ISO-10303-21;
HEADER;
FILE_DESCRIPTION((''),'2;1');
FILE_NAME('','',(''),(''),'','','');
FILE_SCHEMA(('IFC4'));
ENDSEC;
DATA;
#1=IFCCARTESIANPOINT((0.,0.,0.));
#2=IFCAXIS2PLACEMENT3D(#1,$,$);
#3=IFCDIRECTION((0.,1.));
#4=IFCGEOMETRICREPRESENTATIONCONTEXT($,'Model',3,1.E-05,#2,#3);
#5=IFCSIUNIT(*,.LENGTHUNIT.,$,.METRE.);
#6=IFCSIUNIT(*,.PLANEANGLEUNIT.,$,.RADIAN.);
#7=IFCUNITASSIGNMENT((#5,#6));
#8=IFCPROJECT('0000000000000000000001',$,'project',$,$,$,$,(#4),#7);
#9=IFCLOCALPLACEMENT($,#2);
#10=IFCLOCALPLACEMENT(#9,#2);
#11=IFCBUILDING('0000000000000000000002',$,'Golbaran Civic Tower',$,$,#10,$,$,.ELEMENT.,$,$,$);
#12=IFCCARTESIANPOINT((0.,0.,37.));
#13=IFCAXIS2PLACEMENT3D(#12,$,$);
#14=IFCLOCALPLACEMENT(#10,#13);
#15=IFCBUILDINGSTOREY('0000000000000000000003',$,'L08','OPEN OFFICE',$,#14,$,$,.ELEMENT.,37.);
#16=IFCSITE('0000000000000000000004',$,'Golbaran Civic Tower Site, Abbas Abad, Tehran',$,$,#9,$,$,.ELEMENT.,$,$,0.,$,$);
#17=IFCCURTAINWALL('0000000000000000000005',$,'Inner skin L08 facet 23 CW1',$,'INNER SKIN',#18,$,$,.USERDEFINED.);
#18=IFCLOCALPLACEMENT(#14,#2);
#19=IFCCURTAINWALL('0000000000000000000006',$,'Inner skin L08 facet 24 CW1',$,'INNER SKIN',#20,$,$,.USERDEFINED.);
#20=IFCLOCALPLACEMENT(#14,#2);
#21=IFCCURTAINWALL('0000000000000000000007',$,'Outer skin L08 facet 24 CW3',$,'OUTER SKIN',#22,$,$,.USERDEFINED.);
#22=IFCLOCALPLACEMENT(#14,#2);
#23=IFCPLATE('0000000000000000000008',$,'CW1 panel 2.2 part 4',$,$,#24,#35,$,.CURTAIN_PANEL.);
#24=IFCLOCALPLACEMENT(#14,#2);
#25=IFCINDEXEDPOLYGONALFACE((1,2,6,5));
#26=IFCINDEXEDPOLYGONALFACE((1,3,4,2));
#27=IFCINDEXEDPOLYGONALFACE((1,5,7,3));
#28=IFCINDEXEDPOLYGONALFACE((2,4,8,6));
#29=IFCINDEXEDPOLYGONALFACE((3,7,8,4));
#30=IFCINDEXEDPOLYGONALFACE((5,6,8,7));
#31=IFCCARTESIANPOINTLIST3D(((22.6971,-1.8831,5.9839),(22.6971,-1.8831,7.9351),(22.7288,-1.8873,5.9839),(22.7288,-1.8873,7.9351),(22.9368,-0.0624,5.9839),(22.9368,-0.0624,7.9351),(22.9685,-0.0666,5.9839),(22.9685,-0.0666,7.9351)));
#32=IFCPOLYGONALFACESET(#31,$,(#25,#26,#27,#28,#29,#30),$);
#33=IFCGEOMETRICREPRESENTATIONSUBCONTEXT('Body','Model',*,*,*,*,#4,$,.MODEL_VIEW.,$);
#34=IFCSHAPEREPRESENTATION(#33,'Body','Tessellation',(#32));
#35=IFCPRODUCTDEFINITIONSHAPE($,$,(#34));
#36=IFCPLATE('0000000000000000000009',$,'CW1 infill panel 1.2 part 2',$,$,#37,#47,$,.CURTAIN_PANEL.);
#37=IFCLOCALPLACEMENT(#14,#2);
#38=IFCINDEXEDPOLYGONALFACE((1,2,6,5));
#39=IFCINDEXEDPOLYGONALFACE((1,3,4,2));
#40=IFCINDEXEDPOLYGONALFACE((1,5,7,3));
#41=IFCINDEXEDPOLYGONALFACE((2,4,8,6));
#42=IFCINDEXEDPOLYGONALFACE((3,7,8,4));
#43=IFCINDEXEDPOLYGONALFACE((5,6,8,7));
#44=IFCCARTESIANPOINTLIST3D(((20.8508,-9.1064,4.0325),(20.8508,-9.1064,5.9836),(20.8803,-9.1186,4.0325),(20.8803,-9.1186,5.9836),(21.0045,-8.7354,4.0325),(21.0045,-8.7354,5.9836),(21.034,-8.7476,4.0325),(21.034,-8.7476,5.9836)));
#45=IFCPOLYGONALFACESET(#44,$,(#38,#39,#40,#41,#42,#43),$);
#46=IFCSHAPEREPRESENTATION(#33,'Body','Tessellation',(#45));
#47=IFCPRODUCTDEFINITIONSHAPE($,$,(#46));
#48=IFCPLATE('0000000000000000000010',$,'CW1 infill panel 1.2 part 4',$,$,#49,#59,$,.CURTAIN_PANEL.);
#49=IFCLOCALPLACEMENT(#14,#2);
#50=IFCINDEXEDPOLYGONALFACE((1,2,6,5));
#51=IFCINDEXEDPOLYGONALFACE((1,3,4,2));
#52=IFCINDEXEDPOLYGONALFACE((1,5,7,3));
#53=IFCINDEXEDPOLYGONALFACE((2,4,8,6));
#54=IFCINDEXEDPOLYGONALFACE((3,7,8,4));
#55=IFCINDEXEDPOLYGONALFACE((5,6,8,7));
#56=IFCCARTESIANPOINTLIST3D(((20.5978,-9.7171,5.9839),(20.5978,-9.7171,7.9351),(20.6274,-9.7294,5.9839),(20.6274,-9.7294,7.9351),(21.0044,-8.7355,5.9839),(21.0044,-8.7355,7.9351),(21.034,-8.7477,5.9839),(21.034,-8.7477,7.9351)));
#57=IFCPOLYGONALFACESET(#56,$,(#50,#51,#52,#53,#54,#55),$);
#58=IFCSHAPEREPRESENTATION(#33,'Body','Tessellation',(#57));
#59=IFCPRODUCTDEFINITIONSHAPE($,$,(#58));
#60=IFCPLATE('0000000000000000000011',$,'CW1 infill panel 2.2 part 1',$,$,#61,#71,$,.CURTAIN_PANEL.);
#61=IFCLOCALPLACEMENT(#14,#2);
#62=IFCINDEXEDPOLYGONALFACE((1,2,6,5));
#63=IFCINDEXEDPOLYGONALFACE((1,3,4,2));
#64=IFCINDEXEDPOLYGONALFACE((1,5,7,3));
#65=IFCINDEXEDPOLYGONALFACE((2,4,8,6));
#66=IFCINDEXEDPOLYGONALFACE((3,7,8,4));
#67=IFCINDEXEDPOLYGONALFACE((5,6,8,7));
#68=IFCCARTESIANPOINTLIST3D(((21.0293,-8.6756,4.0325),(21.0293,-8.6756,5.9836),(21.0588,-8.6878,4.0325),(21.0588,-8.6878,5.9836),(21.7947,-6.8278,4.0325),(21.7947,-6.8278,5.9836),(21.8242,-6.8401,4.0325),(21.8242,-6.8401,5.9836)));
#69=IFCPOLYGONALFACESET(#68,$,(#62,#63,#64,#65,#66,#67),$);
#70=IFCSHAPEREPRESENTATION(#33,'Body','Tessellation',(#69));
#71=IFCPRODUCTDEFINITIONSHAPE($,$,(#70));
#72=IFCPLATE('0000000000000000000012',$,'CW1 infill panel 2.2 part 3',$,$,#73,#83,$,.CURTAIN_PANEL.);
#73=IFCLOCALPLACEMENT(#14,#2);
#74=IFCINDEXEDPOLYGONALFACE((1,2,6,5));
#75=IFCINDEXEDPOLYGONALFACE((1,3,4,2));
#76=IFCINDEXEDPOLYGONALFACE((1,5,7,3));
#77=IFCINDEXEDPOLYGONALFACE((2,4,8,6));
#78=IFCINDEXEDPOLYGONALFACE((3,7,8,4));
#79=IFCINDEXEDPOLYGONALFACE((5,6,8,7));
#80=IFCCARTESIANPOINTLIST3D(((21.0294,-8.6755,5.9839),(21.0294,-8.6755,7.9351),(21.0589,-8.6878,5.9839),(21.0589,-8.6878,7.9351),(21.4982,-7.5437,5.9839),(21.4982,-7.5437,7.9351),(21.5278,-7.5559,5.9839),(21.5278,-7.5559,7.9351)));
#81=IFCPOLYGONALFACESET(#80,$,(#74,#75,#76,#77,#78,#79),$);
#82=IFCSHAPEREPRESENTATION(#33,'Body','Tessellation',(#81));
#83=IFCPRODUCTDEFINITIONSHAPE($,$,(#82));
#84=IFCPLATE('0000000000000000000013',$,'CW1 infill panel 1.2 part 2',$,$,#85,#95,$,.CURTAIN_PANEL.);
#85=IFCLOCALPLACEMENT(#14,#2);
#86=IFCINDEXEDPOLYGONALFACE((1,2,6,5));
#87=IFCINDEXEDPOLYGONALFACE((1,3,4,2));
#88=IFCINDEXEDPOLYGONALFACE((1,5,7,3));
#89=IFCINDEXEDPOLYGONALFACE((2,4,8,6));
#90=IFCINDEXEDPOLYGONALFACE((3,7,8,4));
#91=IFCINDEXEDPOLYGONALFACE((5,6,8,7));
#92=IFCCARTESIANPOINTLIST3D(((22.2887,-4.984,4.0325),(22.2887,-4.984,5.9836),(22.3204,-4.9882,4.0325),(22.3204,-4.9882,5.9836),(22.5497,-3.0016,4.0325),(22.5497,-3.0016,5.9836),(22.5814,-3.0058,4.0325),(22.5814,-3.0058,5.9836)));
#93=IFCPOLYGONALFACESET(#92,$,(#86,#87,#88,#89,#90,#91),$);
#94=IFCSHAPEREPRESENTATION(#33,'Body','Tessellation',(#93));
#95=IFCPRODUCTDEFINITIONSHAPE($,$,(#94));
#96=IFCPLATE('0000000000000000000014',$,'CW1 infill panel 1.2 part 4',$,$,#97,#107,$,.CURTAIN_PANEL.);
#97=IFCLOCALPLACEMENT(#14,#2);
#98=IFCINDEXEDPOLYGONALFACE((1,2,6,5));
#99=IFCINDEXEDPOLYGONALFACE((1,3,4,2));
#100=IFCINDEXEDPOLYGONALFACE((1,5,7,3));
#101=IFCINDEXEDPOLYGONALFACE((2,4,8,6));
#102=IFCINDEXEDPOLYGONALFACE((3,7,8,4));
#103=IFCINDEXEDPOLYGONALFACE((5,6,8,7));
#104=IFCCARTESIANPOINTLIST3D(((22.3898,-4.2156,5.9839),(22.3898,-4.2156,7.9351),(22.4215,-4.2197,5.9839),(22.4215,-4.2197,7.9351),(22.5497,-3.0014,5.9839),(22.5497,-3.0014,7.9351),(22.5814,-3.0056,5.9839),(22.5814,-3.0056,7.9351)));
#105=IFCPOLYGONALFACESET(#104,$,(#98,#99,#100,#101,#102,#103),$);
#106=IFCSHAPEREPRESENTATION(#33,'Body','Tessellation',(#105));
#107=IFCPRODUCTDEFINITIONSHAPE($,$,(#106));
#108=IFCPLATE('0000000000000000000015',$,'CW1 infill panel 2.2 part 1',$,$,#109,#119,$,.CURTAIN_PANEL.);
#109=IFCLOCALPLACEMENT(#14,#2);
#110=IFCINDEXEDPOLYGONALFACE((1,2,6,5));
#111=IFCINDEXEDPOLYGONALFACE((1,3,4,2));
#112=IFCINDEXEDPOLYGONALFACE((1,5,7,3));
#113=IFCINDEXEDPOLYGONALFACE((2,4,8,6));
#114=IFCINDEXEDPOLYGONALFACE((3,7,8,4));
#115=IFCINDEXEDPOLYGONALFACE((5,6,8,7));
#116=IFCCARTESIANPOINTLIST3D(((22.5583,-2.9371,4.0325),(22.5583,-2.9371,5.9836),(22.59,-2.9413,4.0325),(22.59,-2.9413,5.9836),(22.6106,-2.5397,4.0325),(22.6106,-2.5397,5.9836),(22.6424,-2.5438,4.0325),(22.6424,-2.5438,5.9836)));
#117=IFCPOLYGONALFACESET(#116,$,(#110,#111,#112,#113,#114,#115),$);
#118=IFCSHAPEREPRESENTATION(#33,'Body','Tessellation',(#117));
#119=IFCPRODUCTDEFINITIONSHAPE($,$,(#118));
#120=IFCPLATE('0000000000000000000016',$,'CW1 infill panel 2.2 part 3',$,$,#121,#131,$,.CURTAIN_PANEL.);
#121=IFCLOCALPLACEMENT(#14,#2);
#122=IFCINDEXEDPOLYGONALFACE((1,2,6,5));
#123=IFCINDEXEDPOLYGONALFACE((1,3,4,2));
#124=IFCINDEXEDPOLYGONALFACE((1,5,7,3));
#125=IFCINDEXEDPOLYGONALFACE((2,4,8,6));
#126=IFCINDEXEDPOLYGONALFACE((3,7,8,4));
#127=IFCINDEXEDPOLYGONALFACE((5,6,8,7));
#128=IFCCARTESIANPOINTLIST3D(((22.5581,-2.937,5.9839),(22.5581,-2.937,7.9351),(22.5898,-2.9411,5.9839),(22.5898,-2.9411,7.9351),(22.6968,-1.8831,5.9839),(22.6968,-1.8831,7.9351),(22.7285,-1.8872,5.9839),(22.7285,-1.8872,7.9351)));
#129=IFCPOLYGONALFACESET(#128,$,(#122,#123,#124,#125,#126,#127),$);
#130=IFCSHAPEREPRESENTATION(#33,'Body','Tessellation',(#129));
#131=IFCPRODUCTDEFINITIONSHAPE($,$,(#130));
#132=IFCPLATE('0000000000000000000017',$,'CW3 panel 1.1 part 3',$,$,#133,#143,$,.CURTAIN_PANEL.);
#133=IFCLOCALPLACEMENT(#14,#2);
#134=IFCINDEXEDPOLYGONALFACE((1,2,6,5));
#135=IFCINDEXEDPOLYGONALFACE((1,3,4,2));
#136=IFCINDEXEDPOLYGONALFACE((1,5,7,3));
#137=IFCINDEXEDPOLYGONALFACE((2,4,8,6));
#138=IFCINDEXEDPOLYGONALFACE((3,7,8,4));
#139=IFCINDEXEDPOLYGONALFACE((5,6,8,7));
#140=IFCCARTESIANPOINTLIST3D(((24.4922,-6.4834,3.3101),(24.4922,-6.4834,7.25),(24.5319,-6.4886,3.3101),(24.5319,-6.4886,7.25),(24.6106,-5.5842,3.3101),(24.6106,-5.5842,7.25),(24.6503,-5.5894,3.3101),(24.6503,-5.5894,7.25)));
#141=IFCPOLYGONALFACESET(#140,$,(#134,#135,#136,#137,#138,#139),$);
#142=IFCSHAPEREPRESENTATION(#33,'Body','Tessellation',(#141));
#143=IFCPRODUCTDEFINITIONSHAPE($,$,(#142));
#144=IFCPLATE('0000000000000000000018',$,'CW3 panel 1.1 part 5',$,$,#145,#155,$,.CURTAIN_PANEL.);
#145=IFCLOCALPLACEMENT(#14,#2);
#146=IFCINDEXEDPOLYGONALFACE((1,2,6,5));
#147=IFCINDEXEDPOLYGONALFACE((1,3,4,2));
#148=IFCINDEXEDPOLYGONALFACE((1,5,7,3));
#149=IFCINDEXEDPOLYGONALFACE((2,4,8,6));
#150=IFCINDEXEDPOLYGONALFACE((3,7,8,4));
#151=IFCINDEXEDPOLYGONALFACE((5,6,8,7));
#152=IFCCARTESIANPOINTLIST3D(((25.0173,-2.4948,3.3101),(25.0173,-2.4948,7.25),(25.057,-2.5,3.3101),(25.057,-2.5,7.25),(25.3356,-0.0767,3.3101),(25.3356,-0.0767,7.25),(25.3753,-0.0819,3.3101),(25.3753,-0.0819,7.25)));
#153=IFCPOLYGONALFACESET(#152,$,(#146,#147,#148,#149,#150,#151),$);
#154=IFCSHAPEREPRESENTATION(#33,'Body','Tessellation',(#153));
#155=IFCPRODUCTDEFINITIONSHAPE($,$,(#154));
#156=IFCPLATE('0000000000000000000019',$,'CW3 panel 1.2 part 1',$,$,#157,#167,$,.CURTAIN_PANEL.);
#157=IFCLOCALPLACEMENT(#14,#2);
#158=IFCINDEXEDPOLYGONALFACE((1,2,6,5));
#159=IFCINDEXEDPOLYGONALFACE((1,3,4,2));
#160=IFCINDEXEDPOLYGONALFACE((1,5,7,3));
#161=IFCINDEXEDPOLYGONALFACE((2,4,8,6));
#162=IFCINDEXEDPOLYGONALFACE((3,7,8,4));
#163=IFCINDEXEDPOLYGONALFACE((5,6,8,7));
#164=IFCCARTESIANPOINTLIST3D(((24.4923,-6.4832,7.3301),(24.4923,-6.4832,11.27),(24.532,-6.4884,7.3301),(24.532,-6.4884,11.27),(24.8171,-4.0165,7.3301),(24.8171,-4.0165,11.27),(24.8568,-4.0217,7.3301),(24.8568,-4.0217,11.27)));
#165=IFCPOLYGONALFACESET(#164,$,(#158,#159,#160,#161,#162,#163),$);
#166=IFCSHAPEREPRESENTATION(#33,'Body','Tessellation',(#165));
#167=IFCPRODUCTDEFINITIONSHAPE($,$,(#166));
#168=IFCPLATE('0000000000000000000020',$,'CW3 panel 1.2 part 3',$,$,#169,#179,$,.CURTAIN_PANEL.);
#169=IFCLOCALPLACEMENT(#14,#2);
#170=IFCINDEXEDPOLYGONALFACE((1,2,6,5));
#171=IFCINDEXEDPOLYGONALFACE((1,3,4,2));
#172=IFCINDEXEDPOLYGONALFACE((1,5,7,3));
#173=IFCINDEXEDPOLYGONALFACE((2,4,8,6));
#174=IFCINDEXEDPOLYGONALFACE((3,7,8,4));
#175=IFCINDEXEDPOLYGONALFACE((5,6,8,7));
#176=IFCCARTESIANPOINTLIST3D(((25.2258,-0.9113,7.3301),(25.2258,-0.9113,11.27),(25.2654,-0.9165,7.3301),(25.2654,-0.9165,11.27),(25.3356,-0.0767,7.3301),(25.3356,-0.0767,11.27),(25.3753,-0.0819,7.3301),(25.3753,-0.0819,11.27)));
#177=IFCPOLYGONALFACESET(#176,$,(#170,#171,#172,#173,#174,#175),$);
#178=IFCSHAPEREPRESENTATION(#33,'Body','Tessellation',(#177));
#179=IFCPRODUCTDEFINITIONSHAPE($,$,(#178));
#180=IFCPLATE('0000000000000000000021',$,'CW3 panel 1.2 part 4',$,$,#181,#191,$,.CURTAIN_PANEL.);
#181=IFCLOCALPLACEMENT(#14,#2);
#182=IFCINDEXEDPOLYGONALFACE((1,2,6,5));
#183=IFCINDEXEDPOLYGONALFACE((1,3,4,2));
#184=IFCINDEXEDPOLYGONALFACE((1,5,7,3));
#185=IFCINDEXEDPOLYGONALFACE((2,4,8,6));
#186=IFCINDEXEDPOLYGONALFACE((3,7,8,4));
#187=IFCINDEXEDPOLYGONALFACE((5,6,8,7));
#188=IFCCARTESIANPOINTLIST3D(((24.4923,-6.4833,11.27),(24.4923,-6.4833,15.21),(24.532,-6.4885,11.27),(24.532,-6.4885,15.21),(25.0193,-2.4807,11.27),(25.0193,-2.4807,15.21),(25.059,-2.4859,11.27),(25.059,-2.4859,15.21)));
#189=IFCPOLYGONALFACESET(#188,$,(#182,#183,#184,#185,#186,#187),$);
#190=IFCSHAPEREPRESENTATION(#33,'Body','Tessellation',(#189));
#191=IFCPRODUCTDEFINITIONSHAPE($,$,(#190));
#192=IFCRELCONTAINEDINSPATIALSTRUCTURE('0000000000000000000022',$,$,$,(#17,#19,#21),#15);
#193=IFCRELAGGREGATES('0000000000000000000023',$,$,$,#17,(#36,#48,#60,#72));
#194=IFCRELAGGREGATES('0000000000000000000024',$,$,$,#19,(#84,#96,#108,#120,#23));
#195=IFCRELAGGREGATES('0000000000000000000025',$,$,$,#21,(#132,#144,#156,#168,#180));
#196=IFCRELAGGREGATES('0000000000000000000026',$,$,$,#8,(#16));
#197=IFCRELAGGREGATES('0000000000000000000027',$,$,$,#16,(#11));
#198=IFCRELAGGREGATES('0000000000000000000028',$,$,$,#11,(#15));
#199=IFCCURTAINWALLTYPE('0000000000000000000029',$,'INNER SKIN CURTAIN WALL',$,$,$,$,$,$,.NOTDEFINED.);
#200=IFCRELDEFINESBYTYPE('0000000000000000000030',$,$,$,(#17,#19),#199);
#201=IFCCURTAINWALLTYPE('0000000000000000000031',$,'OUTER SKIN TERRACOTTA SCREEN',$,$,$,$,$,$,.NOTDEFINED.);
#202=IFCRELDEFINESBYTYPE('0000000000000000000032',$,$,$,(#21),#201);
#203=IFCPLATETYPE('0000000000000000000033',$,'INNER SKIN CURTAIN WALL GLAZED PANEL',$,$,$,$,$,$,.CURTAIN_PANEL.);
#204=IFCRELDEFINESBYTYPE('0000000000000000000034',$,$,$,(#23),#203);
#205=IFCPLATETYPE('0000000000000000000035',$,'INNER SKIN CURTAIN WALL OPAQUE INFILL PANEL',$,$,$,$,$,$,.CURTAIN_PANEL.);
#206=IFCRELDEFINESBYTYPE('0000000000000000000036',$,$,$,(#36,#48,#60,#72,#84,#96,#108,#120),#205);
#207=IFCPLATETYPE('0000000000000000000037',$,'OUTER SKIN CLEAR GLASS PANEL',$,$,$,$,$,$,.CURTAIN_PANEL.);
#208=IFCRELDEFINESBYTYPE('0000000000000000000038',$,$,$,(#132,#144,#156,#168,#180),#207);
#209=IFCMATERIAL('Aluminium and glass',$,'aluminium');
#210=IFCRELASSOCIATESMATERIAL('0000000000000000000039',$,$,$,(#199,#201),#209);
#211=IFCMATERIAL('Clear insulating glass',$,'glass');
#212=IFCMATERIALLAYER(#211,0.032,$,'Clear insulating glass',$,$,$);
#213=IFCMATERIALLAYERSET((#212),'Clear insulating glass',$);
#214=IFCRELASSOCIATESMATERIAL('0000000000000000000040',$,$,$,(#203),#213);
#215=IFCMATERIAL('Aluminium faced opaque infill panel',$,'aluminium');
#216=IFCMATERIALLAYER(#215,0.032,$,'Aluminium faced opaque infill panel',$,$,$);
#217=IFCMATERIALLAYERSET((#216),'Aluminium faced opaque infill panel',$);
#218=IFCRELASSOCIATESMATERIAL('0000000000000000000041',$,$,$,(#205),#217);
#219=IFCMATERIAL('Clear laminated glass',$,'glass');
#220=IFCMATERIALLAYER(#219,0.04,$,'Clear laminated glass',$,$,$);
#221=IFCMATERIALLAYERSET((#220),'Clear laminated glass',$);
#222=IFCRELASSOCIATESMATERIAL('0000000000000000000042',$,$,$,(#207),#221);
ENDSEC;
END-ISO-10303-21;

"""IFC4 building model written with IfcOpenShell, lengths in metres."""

from ifc_helpers import new_model, si_unit, direction, frame, origin, origin_2d, place, context, subcontext, project, spatial, rectangle, extrude, material, layer, layer_set, type_object, element, aggregate, save


model = new_model("IFC4")

# Units and contexts
model_context = context("Model", 3, precision=1e-05, world=origin(), true_north=direction((0.0, 1.0)))
body_context = subcontext(model_context, "Body", "Model", "MODEL_VIEW")
ifc_project = project(units=[si_unit("LENGTHUNIT", "METRE"), si_unit("PLANEANGLEUNIT", "RADIAN")], contexts=[model_context])

# Site, building, storey
site_placement = place(None, origin())
site = spatial("IfcSite", under=ifc_project, at=site_placement, Name="Golbaran Civic Tower Site, Abbas Abad, Tehran", CompositionType="ELEMENT", RefElevation=0.0)
building_placement = place(site_placement, origin())
building = spatial("IfcBuilding", under=site, at=building_placement, Name="Golbaran Civic Tower", CompositionType="ELEMENT")
storey_placement = place(building_placement, frame((0.0, 0.0, 37.0)))
storey = spatial("IfcBuildingStorey", under=building, at=storey_placement, Name="L08", Description="OPEN OFFICE", CompositionType="ELEMENT", Elevation=37.0)

# Curtain walls
ifc_material_1 = material(Name="Aluminium and glass", Category="aluminium")
curtain_wall_type_1 = type_object("IfcCurtainWallType", Name="INNER SKIN CURTAIN WALL", PredefinedType="NOTDEFINED", material=ifc_material_1)
curtain_wall_1_placement = place(storey_placement, origin())
curtain_wall_1 = element("IfcCurtainWall", 1, at=curtain_wall_1_placement, inside=storey, type_object=curtain_wall_type_1, Name="Inner skin L08 facet 23 CW1", ObjectType="INNER SKIN", PredefinedType="USERDEFINED")
curtain_wall_2_placement = place(storey_placement, origin())
curtain_wall_2 = element("IfcCurtainWall", 2, at=curtain_wall_2_placement, inside=storey, type_object=curtain_wall_type_1, Name="Inner skin L08 facet 24 CW1", ObjectType="INNER SKIN", PredefinedType="USERDEFINED")
curtain_wall_type_2 = type_object("IfcCurtainWallType", Name="OUTER SKIN TERRACOTTA SCREEN", PredefinedType="NOTDEFINED", material=ifc_material_1)
curtain_wall_3_placement = place(storey_placement, origin())
curtain_wall_3 = element("IfcCurtainWall", 3, at=curtain_wall_3_placement, inside=storey, type_object=curtain_wall_type_2, Name="Outer skin L08 facet 24 CW3", ObjectType="OUTER SKIN", PredefinedType="USERDEFINED")

# Plates
ifc_material_2 = material(Name="Clear insulating glass", Category="glass")
ifc_layer_1 = layer(ifc_material_2, 0.032, Name="Clear insulating glass")
ifc_layer_set_1 = layer_set([ifc_layer_1], Name="Clear insulating glass")
plate_type_1 = type_object("IfcPlateType", Name="INNER SKIN CURTAIN WALL GLAZED PANEL", PredefinedType="CURTAIN_PANEL", material=ifc_layer_set_1)
plate_1_placement = place(storey_placement, frame((22.8328, -0.9749, 5.9839), z_axis=(0.0, 0.0, 1.0), x_axis=(0.130526, 0.991445, 0.0)))
plate_1 = element("IfcPlate", 4, at=plate_1_placement, type_object=plate_type_1, Name="CW1 panel 2.2 part 4", PredefinedType="CURTAIN_PANEL", context=body_context, shape_type="SweptSolid", body=[
    extrude(rectangle(XDim=1.8364, YDim=0.032, at=origin_2d()), origin(), (0.0, 0.0, 1.0), 1.9512),
])
ifc_material_3 = material(Name="Aluminium faced opaque infill panel", Category="aluminium")
ifc_layer_2 = layer(ifc_material_3, 0.032, Name="Aluminium faced opaque infill panel")
ifc_layer_set_2 = layer_set([ifc_layer_2], Name="Aluminium faced opaque infill panel")
plate_type_2 = type_object("IfcPlateType", Name="INNER SKIN CURTAIN WALL OPAQUE INFILL PANEL", PredefinedType="CURTAIN_PANEL", material=ifc_layer_set_2)
plate_2_placement = place(storey_placement, frame((20.9424, -8.927, 4.0325), z_axis=(0.0, 0.0, 1.0), x_axis=(0.382683, 0.92388, 0.0)))
plate_2 = element("IfcPlate", 5, at=plate_2_placement, type_object=plate_type_2, Name="CW1 infill panel 1.2 part 2", PredefinedType="CURTAIN_PANEL", context=body_context, shape_type="SweptSolid", body=[
    extrude(rectangle(XDim=0.4016, YDim=0.032, at=origin_2d()), origin(), (0.0, 0.0, 1.0), 1.9512),
])
plate_3_placement = place(storey_placement, frame((20.8159, -9.2324, 5.9839), z_axis=(0.0, 0.0, 1.0), x_axis=(0.382683, 0.92388, 0.0)))
plate_3 = element("IfcPlate", 6, at=plate_3_placement, type_object=plate_type_2, Name="CW1 infill panel 1.2 part 4", PredefinedType="CURTAIN_PANEL", context=body_context, shape_type="SweptSolid", body=[
    extrude(rectangle(XDim=1.0625, YDim=0.032, at=origin_2d()), origin(), (0.0, 0.0, 1.0), 1.9512),
])
plate_4_placement = place(storey_placement, frame((21.4268, -7.7578, 4.0325), z_axis=(0.0, 0.0, 1.0), x_axis=(0.382683, 0.92388, 0.0)))
plate_4 = element("IfcPlate", 7, at=plate_4_placement, type_object=plate_type_2, Name="CW1 infill panel 2.2 part 1", PredefinedType="CURTAIN_PANEL", context=body_context, shape_type="SweptSolid", body=[
    extrude(rectangle(XDim=2.0, YDim=0.032, at=origin_2d()), origin(), (0.0, 0.0, 1.0), 1.9512),
])
plate_5_placement = place(storey_placement, frame((21.2786, -8.1157, 5.9839), z_axis=(0.0, 0.0, 1.0), x_axis=(0.382683, 0.92388, 0.0)))
plate_5 = element("IfcPlate", 8, at=plate_5_placement, type_object=plate_type_2, Name="CW1 infill panel 2.2 part 3", PredefinedType="CURTAIN_PANEL", context=body_context, shape_type="SweptSolid", body=[
    extrude(rectangle(XDim=1.2251, YDim=0.032, at=origin_2d()), origin(), (0.0, 0.0, 1.0), 1.9512),
])
aggregate(curtain_wall_1, [plate_2, plate_3, plate_4, plate_5])
plate_6_placement = place(storey_placement, frame((22.4351, -3.9949, 4.0325), z_axis=(0.0, 0.0, 1.0), x_axis=(0.130526, 0.991445, 0.0)))
plate_6 = element("IfcPlate", 9, at=plate_6_placement, type_object=plate_type_2, Name="CW1 infill panel 1.2 part 2", PredefinedType="CURTAIN_PANEL", context=body_context, shape_type="SweptSolid", body=[
    extrude(rectangle(XDim=1.9995, YDim=0.032, at=origin_2d()), origin(), (0.0, 0.0, 1.0), 1.9512),
])
plate_7_placement = place(storey_placement, frame((22.4856, -3.6106, 5.9839), z_axis=(0.0, 0.0, 1.0), x_axis=(0.130526, 0.991445, 0.0)))
plate_7 = element("IfcPlate", 10, at=plate_7_placement, type_object=plate_type_2, Name="CW1 infill panel 1.2 part 4", PredefinedType="CURTAIN_PANEL", context=body_context, shape_type="SweptSolid", body=[
    extrude(rectangle(XDim=1.2246, YDim=0.032, at=origin_2d()), origin(), (0.0, 0.0, 1.0), 1.9512),
])
plate_8_placement = place(storey_placement, frame((22.6003, -2.7405, 4.0325), z_axis=(0.0, 0.0, 1.0), x_axis=(0.130526, 0.991445, 0.0)))
plate_8 = element("IfcPlate", 11, at=plate_8_placement, type_object=plate_type_2, Name="CW1 infill panel 2.2 part 1", PredefinedType="CURTAIN_PANEL", context=body_context, shape_type="SweptSolid", body=[
    extrude(rectangle(XDim=0.4009, YDim=0.032, at=origin_2d()), origin(), (0.0, 0.0, 1.0), 1.9512),
])
plate_9_placement = place(storey_placement, frame((22.6433, -2.4121, 5.9839), z_axis=(0.0, 0.0, 1.0), x_axis=(0.130526, 0.991445, 0.0)))
plate_9 = element("IfcPlate", 12, at=plate_9_placement, type_object=plate_type_2, Name="CW1 infill panel 2.2 part 3", PredefinedType="CURTAIN_PANEL", context=body_context, shape_type="SweptSolid", body=[
    extrude(rectangle(XDim=1.063, YDim=0.032, at=origin_2d()), origin(), (0.0, 0.0, 1.0), 1.9512),
])
aggregate(curtain_wall_2, [plate_6, plate_7, plate_8, plate_9, plate_1])
ifc_material_4 = material(Name="Clear laminated glass", Category="glass")
ifc_layer_3 = layer(ifc_material_4, 0.04, Name="Clear laminated glass")
ifc_layer_set_3 = layer_set([ifc_layer_3], Name="Clear laminated glass")
plate_type_3 = type_object("IfcPlateType", Name="OUTER SKIN CLEAR GLASS PANEL", PredefinedType="CURTAIN_PANEL", material=ifc_layer_set_3)
plate_10_placement = place(storey_placement, frame((24.5713, -6.0364, 3.3101), z_axis=(0.0, 0.0, 1.0), x_axis=(0.130526, 0.991445, 0.0)))
plate_10 = element("IfcPlate", 13, at=plate_10_placement, type_object=plate_type_3, Name="CW3 panel 1.1 part 3", PredefinedType="CURTAIN_PANEL", context=body_context, shape_type="SweptSolid", body=[
    extrude(rectangle(XDim=0.907, YDim=0.04, at=origin_2d()), origin(), (0.0, 0.0, 1.0), 3.9399),
])
plate_11_placement = place(storey_placement, frame((25.1963, -1.2883, 3.3101), z_axis=(0.0, 0.0, 1.0), x_axis=(0.130526, 0.991445, 0.0)))
plate_11 = element("IfcPlate", 14, at=plate_11_placement, type_object=plate_type_3, Name="CW3 panel 1.1 part 5", PredefinedType="CURTAIN_PANEL", context=body_context, shape_type="SweptSolid", body=[
    extrude(rectangle(XDim=2.439, YDim=0.04, at=origin_2d()), origin(), (0.0, 0.0, 1.0), 3.9399),
])
plate_12_placement = place(storey_placement, frame((24.6746, -5.2524, 7.3301), z_axis=(0.0, 0.0, 1.0), x_axis=(0.130526, 0.991445, 0.0)))
plate_12 = element("IfcPlate", 15, at=plate_12_placement, type_object=plate_type_3, Name="CW3 panel 1.2 part 1", PredefinedType="CURTAIN_PANEL", context=body_context, shape_type="SweptSolid", body=[
    extrude(rectangle(XDim=2.488, YDim=0.04, at=origin_2d()), origin(), (0.0, 0.0, 1.0), 3.9399),
])
plate_13_placement = place(storey_placement, frame((25.3005, -0.4966, 7.3301), z_axis=(0.0, 0.0, 1.0), x_axis=(0.130526, 0.991445, 0.0)))
plate_13 = element("IfcPlate", 16, at=plate_13_placement, type_object=plate_type_3, Name="CW3 panel 1.2 part 3", PredefinedType="CURTAIN_PANEL", context=body_context, shape_type="SweptSolid", body=[
    extrude(rectangle(XDim=0.8418, YDim=0.04, at=origin_2d()), origin(), (0.0, 0.0, 1.0), 3.9399),
])
plate_14_placement = place(storey_placement, frame((24.7756, -4.4846, 11.27), z_axis=(0.0, 0.0, 1.0), x_axis=(0.130526, 0.991445, 0.0)))
plate_14 = element("IfcPlate", 17, at=plate_14_placement, type_object=plate_type_3, Name="CW3 panel 1.2 part 4", PredefinedType="CURTAIN_PANEL", context=body_context, shape_type="SweptSolid", body=[
    extrude(rectangle(XDim=4.0371, YDim=0.04, at=origin_2d()), origin(), (0.0, 0.0, 1.0), 3.9399),
])
aggregate(curtain_wall_3, [plate_10, plate_11, plate_12, plate_13, plate_14])

save(model, "model.ifc")
